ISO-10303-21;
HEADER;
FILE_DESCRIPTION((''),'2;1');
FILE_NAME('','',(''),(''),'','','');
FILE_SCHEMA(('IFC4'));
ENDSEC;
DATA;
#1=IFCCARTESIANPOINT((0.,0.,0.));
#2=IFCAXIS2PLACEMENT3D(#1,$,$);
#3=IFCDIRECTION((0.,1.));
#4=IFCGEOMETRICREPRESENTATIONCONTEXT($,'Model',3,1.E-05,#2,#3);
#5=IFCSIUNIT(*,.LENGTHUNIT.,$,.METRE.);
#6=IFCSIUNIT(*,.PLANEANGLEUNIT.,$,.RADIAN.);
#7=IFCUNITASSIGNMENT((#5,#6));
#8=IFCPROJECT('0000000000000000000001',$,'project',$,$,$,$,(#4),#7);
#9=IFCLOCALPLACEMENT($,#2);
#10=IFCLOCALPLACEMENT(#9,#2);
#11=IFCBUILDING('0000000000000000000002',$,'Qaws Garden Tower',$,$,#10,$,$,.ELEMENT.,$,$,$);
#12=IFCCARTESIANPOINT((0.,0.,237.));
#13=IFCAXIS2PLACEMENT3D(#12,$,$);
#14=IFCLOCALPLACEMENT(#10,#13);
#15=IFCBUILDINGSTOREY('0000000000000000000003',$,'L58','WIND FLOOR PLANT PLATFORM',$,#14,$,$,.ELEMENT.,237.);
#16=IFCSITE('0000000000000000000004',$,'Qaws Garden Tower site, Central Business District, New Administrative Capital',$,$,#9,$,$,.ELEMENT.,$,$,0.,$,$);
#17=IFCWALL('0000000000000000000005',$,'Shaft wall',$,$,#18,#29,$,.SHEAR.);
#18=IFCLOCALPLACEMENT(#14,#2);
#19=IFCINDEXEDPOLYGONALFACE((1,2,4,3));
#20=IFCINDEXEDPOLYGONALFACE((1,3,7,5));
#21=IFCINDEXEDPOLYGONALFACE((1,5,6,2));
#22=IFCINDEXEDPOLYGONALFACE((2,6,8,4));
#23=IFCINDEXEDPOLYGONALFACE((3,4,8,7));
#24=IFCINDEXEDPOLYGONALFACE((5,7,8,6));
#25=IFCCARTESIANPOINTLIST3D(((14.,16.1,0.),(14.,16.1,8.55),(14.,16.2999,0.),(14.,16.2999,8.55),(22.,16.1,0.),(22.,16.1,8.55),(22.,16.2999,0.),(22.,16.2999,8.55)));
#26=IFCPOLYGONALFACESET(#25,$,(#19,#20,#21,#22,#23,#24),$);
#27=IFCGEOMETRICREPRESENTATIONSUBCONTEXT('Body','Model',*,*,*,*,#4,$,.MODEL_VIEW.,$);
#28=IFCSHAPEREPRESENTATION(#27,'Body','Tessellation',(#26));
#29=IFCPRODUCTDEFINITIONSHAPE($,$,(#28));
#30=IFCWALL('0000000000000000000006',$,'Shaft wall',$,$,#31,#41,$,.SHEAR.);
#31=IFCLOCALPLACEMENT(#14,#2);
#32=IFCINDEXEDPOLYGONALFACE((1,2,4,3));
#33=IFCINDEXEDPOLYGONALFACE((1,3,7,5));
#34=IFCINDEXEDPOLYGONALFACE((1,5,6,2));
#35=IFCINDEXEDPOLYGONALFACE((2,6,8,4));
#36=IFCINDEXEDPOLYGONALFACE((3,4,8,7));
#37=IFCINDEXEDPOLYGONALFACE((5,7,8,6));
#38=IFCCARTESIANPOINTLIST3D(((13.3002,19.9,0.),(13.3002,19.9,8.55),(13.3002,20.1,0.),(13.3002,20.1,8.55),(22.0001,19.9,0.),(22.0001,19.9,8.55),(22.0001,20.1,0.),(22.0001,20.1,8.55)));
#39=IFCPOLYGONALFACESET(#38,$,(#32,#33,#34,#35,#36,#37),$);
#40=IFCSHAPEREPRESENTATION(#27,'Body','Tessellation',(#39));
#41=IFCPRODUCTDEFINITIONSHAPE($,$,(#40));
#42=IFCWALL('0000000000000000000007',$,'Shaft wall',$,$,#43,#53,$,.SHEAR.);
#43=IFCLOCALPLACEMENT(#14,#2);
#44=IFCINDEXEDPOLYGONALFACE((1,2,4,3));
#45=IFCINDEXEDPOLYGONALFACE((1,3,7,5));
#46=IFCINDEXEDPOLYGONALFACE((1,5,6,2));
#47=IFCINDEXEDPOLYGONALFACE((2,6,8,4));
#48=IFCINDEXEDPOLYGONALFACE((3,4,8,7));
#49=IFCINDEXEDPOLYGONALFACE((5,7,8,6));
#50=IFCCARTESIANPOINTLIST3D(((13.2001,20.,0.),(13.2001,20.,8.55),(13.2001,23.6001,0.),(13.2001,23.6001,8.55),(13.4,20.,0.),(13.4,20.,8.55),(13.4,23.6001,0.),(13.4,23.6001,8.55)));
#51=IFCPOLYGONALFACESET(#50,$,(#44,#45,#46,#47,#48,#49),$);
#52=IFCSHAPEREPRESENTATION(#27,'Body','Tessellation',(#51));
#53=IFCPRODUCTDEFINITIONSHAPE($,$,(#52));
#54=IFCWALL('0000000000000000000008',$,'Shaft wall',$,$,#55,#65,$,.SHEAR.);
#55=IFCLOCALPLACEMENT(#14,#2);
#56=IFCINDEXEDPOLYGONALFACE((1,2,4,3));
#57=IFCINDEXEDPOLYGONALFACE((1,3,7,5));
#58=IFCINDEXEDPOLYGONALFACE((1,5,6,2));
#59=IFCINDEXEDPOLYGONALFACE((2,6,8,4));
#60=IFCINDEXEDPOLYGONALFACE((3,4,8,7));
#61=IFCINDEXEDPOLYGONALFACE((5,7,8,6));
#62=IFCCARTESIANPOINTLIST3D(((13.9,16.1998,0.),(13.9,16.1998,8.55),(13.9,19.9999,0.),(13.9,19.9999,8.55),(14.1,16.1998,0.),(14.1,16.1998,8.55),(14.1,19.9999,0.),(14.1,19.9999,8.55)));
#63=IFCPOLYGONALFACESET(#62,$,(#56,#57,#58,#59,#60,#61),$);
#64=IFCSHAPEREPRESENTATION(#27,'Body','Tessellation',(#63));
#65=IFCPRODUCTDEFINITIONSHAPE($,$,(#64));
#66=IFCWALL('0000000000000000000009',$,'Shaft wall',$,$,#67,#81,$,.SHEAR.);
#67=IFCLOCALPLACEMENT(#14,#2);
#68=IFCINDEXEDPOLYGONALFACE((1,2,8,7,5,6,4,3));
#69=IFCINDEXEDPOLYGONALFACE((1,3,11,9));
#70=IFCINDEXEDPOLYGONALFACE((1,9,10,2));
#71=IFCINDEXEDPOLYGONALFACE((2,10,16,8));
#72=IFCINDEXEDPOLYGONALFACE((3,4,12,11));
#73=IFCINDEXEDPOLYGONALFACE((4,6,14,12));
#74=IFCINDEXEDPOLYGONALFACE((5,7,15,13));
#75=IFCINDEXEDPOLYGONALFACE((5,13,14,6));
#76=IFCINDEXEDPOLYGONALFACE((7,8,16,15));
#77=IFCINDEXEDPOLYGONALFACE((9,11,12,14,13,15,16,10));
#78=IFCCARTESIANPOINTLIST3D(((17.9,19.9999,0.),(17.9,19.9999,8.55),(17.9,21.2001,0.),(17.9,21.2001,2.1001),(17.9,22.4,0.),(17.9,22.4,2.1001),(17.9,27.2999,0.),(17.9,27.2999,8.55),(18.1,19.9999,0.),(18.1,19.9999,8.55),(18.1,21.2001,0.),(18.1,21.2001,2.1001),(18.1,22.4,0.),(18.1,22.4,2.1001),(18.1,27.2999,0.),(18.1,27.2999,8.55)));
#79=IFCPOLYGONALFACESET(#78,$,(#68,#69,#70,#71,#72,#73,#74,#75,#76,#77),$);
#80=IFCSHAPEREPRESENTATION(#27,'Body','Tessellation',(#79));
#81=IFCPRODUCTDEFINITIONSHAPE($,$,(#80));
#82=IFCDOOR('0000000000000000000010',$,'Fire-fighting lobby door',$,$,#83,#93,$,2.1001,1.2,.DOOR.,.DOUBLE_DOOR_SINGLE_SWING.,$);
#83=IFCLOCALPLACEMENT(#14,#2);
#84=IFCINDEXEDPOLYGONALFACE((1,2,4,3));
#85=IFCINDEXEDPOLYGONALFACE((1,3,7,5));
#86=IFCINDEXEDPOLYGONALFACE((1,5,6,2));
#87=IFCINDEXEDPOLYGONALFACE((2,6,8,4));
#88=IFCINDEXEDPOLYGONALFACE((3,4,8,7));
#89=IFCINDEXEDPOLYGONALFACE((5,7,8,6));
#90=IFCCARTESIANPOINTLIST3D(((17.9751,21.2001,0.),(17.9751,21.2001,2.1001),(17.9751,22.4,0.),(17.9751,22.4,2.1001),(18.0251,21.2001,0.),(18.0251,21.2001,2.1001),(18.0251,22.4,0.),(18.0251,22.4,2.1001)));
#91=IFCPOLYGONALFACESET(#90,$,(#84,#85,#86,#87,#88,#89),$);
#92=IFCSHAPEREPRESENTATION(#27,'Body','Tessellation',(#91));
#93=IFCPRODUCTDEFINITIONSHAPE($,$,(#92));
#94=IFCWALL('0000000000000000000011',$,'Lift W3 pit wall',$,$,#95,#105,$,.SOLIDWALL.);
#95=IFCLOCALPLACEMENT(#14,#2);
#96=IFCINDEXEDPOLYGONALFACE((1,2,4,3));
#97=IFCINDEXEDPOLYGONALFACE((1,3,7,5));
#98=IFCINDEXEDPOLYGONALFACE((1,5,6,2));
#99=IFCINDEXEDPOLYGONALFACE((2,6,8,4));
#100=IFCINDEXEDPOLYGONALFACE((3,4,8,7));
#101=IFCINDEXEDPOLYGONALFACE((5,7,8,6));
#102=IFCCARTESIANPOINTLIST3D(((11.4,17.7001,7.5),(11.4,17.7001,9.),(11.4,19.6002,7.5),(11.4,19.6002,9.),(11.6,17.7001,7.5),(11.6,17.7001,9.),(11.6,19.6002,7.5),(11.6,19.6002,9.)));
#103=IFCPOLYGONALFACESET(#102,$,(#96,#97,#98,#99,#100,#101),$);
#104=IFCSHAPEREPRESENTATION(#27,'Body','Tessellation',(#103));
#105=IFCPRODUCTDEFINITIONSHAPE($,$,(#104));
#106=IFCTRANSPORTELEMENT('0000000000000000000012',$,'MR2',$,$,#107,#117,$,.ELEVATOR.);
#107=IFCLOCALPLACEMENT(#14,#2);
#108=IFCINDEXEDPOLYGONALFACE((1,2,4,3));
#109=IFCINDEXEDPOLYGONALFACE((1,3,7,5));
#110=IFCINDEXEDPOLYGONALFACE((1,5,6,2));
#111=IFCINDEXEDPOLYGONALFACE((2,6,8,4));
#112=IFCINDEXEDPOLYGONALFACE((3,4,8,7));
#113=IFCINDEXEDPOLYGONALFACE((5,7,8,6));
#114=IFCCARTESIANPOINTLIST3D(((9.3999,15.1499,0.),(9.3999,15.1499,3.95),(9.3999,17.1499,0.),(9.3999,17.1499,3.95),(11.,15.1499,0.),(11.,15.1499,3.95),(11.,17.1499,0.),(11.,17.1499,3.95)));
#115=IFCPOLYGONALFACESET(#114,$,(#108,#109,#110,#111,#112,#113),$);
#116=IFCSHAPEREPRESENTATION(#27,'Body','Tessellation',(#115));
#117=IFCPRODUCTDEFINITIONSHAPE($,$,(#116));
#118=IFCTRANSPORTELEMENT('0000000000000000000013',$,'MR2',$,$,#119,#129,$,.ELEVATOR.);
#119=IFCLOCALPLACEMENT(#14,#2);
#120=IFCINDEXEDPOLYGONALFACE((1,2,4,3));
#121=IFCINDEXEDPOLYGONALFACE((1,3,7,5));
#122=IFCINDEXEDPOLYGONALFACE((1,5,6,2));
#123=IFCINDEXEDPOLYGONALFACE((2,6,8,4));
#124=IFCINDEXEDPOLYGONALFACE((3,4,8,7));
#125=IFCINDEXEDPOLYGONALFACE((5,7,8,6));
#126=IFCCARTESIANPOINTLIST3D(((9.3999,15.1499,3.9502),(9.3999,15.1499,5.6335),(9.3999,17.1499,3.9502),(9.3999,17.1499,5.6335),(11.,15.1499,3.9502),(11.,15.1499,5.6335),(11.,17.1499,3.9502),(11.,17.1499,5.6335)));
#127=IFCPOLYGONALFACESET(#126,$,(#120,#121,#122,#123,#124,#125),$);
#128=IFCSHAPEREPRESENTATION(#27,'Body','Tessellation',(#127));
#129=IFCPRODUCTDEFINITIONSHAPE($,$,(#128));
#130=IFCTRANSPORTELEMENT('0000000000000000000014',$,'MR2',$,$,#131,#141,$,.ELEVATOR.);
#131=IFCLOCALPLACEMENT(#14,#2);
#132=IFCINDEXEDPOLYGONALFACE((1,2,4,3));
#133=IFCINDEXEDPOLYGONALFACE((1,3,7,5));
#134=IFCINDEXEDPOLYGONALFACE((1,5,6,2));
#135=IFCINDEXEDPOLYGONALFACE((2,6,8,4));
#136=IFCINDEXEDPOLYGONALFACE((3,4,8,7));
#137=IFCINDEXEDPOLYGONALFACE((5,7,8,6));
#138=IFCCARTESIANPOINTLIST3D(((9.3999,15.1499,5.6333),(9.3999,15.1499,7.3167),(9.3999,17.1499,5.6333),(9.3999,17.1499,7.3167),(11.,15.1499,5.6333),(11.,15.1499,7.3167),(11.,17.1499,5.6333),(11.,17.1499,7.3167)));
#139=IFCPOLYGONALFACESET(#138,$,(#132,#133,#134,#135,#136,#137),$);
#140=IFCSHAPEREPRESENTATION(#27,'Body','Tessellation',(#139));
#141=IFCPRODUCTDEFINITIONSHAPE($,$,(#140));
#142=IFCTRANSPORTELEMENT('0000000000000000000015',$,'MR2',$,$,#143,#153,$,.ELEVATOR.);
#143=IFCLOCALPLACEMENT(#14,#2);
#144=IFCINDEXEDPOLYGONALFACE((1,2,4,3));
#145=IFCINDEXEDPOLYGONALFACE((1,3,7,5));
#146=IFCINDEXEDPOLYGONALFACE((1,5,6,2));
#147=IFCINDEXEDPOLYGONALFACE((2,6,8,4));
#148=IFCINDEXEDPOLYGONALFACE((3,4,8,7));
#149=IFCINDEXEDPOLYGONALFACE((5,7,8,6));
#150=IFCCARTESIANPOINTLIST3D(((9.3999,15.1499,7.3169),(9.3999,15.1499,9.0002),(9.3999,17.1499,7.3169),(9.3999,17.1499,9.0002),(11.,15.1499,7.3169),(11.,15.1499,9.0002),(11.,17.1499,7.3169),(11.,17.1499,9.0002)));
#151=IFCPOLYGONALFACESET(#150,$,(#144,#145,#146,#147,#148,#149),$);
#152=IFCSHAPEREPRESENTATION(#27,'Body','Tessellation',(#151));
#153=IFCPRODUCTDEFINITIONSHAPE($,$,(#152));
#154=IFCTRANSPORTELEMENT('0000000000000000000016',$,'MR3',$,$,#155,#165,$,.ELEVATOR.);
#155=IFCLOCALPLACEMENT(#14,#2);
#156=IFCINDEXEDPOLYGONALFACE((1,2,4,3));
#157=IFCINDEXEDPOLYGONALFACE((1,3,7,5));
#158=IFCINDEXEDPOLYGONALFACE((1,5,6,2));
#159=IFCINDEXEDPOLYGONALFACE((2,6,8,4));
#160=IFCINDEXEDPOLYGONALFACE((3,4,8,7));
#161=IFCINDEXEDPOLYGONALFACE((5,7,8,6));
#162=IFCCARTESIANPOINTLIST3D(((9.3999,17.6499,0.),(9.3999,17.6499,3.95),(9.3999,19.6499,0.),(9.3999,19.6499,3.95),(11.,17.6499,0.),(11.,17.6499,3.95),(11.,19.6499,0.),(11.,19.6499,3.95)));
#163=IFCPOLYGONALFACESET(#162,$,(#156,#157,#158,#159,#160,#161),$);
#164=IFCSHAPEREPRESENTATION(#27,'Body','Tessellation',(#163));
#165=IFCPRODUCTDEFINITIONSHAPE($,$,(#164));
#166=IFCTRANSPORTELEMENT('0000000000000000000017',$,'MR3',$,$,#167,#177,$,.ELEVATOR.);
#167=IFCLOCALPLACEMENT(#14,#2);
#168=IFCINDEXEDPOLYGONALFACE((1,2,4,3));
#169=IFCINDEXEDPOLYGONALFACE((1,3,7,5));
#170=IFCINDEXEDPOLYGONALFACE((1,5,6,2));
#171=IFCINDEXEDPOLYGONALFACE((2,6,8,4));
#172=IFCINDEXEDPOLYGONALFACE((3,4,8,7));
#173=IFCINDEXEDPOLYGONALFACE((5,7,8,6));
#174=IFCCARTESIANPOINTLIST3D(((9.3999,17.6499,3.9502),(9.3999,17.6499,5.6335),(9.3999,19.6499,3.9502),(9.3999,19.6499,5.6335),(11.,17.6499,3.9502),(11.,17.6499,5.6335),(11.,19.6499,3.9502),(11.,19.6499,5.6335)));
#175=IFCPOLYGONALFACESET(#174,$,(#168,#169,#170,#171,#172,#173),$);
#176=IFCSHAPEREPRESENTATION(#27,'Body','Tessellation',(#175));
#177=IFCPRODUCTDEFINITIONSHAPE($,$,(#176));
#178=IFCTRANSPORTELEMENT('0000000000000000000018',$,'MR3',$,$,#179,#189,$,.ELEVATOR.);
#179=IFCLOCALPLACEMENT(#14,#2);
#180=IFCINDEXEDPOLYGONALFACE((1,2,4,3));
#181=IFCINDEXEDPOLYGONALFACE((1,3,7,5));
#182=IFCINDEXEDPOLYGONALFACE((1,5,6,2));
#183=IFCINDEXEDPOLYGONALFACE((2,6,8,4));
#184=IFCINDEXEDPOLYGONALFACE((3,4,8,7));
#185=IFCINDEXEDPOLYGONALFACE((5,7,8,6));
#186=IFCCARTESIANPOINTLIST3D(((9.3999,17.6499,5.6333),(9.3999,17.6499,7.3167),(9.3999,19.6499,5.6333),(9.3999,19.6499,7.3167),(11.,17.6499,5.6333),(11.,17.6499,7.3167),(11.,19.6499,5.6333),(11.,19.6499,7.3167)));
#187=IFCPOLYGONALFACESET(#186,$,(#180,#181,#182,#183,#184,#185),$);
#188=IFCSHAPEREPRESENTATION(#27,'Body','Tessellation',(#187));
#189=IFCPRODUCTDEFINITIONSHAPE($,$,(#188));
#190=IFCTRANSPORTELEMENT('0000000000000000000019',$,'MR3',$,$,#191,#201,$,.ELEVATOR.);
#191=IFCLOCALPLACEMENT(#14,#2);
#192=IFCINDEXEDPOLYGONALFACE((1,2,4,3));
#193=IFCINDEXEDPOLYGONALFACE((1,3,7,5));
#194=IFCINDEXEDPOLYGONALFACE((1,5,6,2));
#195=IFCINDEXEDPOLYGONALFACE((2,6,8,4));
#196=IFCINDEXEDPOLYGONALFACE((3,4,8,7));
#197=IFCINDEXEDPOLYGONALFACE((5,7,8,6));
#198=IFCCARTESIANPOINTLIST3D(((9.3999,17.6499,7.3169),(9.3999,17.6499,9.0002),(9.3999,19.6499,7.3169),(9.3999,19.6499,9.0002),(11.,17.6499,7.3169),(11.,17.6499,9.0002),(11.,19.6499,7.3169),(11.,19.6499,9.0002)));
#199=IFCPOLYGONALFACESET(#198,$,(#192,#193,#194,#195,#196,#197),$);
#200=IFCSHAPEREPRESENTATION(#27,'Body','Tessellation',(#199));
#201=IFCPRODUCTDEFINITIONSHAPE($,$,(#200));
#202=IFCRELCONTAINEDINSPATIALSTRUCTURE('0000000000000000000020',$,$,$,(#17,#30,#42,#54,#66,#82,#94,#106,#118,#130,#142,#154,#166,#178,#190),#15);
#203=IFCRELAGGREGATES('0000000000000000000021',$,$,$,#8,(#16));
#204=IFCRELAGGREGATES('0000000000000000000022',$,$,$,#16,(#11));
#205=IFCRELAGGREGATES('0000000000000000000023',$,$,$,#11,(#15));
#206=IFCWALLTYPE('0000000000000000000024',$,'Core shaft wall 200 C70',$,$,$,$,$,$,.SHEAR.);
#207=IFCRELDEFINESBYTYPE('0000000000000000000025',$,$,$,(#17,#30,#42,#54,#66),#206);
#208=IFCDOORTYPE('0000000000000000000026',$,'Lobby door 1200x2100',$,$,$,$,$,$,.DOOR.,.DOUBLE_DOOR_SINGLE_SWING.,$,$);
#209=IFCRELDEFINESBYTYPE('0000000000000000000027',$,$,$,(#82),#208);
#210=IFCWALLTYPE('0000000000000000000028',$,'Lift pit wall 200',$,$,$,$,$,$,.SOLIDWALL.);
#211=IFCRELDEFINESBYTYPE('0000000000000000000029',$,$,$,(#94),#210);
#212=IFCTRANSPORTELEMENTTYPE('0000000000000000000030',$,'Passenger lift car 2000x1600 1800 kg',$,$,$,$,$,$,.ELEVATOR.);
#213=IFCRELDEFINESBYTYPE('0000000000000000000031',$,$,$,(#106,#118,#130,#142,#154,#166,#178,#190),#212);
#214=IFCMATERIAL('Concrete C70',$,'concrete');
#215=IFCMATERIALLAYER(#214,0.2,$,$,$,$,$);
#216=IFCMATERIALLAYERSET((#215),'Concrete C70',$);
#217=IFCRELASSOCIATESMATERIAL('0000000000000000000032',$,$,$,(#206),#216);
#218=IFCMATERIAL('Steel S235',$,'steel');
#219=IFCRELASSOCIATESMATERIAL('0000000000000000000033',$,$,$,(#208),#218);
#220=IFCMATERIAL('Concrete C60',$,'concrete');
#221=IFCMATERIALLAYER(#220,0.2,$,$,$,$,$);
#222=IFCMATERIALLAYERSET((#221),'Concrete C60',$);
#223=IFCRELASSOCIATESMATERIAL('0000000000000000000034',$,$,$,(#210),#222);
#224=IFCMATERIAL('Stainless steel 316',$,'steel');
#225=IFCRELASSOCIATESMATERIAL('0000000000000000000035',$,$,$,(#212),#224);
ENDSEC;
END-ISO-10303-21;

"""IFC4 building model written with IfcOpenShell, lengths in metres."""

from ifc_helpers import new_model, si_unit, direction, frame, frame_2d, origin, origin_2d, place, context, subcontext, project, spatial, rectangle, extrude, material, layer, layer_set, type_object, element, fill, save


model = new_model("IFC4")

# Units and contexts
model_context = context("Model", 3, precision=1e-05, world=origin(), true_north=direction((0.0, 1.0)))
body_context = subcontext(model_context, "Body", "Model", "MODEL_VIEW")
ifc_project = project(units=[si_unit("LENGTHUNIT", "METRE"), si_unit("PLANEANGLEUNIT", "RADIAN")], contexts=[model_context])

# Site, building, storey
site_placement = place(None, origin())
site = spatial("IfcSite", under=ifc_project, at=site_placement, Name="Qaws Garden Tower site, Central Business District, New Administrative Capital", CompositionType="ELEMENT", RefElevation=0.0)
building_placement = place(site_placement, origin())
building = spatial("IfcBuilding", under=site, at=building_placement, Name="Qaws Garden Tower", CompositionType="ELEMENT")
storey_placement = place(building_placement, frame((0.0, 0.0, 237.0)))
storey = spatial("IfcBuildingStorey", under=building, at=storey_placement, Name="L58", Description="WIND FLOOR PLANT PLATFORM", CompositionType="ELEMENT", Elevation=237.0)

# Walls
ifc_material_1 = material(Name="Concrete C70", Category="concrete")
ifc_layer_1 = layer(ifc_material_1, 0.2)
ifc_layer_set_1 = layer_set([ifc_layer_1], Name="Concrete C70")
wall_type_1 = type_object("IfcWallType", Name="Core shaft wall 200 C70", PredefinedType="SHEAR", material=ifc_layer_set_1)
wall_1_placement = place(storey_placement, frame((14.0, 16.2, 0.0), z_axis=(0.0, 0.0, 1.0), x_axis=(1.0, 0.0, 0.0)))
element("IfcWall", 1, at=wall_1_placement, inside=storey, type_object=wall_type_1, Name="Shaft wall", PredefinedType="SHEAR", context=body_context, shape_type="SweptSolid", body=[
    extrude(rectangle(XDim=8.0, YDim=0.2, at=frame_2d((4.0, 0.0))), origin(), (0.0, 0.0, 1.0), 8.55),
])
wall_2_placement = place(storey_placement, frame((13.3, 20.0, 0.0), z_axis=(0.0, 0.0, 1.0), x_axis=(1.0, 0.0, 0.0)))
element("IfcWall", 2, at=wall_2_placement, inside=storey, type_object=wall_type_1, Name="Shaft wall", PredefinedType="SHEAR", context=body_context, shape_type="SweptSolid", body=[
    extrude(rectangle(XDim=8.7, YDim=0.2, at=frame_2d((4.3501, 0.0))), origin(), (0.0, 0.0, 1.0), 8.55),
])
wall_3_placement = place(storey_placement, frame((13.3, 20.0, 0.0), z_axis=(0.0, 0.0, 1.0), x_axis=(0.0, 1.0, 0.0)))
element("IfcWall", 3, at=wall_3_placement, inside=storey, type_object=wall_type_1, Name="Shaft wall", PredefinedType="SHEAR", context=body_context, shape_type="SweptSolid", body=[
    extrude(rectangle(XDim=3.6001, YDim=0.2, at=frame_2d((1.8, 0.0))), origin(), (0.0, 0.0, 1.0), 8.55),
])
wall_4_placement = place(storey_placement, frame((14.0, 16.2, 0.0), z_axis=(0.0, 0.0, 1.0), x_axis=(0.0, 1.0, 0.0)))
element("IfcWall", 4, at=wall_4_placement, inside=storey, type_object=wall_type_1, Name="Shaft wall", PredefinedType="SHEAR", context=body_context, shape_type="SweptSolid", body=[
    extrude(rectangle(XDim=3.8, YDim=0.2, at=frame_2d((1.8999, 0.0))), origin(), (0.0, 0.0, 1.0), 8.55),
])

# Wall, opening, door
wall_5_placement = place(storey_placement, frame((18.0, 20.0, 0.0), z_axis=(0.0, 0.0, 1.0), x_axis=(0.0, 1.0, 0.0)))
wall_5 = element("IfcWall", 5, at=wall_5_placement, inside=storey, type_object=wall_type_1, Name="Shaft wall", PredefinedType="SHEAR", context=body_context, shape_type="SweptSolid", body=[
    extrude(rectangle(XDim=7.3, YDim=0.2, at=frame_2d((3.6499, 0.0))), origin(), (0.0, 0.0, 1.0), 8.55),
])
opening_placement = place(wall_5_placement, frame((1.2, 0.0, 0.0)))
opening = element("IfcOpeningElement", 6, at=opening_placement, cuts=wall_5, PredefinedType="OPENING", context=body_context, shape_type="SweptSolid", body=[
    extrude(rectangle(XDim=1.2, YDim=2.1001, at=frame_2d((0.6001, 1.05))), frame((0.0, 0.1099, 0.0), z_axis=(0.0, -1.0, 0.0), x_axis=(1.0, 0.0, 0.0)), (0.0, 0.0, 1.0), 0.22),
])
ifc_material_2 = material(Name="Steel S235", Category="steel")
door_type = type_object("IfcDoorType", Name="Lobby door 1200x2100", OperationType="DOUBLE_DOOR_SINGLE_SWING", PredefinedType="DOOR", material=ifc_material_2)
door_placement = place(opening_placement, origin())
door = element("IfcDoor", 7, at=door_placement, inside=storey, type_object=door_type, Name="Fire-fighting lobby door", OperationType="DOUBLE_DOOR_SINGLE_SWING", OverallHeight=2.1001, OverallWidth=1.2, PredefinedType="DOOR", context=body_context, shape_type="SweptSolid", body=[
    extrude(rectangle(XDim=1.2, YDim=2.1001, at=frame_2d((0.6001, 1.05))), frame((0.0, 0.0249, 0.0), z_axis=(0.0, -1.0, 0.0), x_axis=(1.0, 0.0, 0.0)), (0.0, 0.0, 1.0), 0.05),
])
fill(opening, door)

# Wall
ifc_material_3 = material(Name="Concrete C60", Category="concrete")
ifc_layer_2 = layer(ifc_material_3, 0.2)
ifc_layer_set_2 = layer_set([ifc_layer_2], Name="Concrete C60")
wall_type_2 = type_object("IfcWallType", Name="Lift pit wall 200", PredefinedType="SOLIDWALL", material=ifc_layer_set_2)
wall_6_placement = place(storey_placement, frame((11.5, 17.7, 7.5), z_axis=(0.0, 0.0, 1.0), x_axis=(0.0, 1.0, 0.0)))
element("IfcWall", 8, at=wall_6_placement, inside=storey, type_object=wall_type_2, Name="Lift W3 pit wall", PredefinedType="SOLIDWALL", context=body_context, shape_type="SweptSolid", body=[
    extrude(rectangle(XDim=1.9001, YDim=0.2, at=frame_2d((0.9502, 0.0))), origin(), (0.0, 0.0, 1.0), 1.5),
])

# Transport elements
ifc_material_4 = material(Name="Stainless steel 316", Category="steel")
transport_element_type = type_object("IfcTransportElementType", Name="Passenger lift car 2000x1600 1800 kg", PredefinedType="ELEVATOR", material=ifc_material_4)
transport_element_1_placement = place(storey_placement, frame((10.2, 16.1499, 0.0), z_axis=(0.0, 0.0, 1.0), x_axis=(1.0, 0.0, 0.0)))
element("IfcTransportElement", 9, at=transport_element_1_placement, inside=storey, type_object=transport_element_type, Name="MR2", PredefinedType="ELEVATOR", context=body_context, shape_type="SweptSolid", body=[
    extrude(rectangle(XDim=1.6001, YDim=2.0, at=origin_2d()), origin(), (0.0, 0.0, 1.0), 3.95),
])
for number, where, z_axis, x_axis, name in (
    (10, (10.2, 16.1499, 3.9502), (0.0, 0.0, 1.0), (1.0, 0.0, 0.0), "MR2"),
    (11, (10.2, 16.1499, 5.6333), (0.0, 0.0, 1.0), (1.0, 0.0, 0.0), "MR2"),
    (12, (10.2, 16.1499, 7.3169), (0.0, 0.0, 1.0), (1.0, 0.0, 0.0), "MR2"),
):
    element("IfcTransportElement", number, at=place(storey_placement, frame(where, z_axis=z_axis, x_axis=x_axis)), inside=storey, type_object=transport_element_type, Name=name, PredefinedType="ELEVATOR", context=body_context, shape_type="SweptSolid", body=[
        extrude(rectangle(XDim=1.6001, YDim=2.0, at=origin_2d()), origin(), (0.0, 0.0, 1.0), 1.6833),
    ])
transport_element_2_placement = place(storey_placement, frame((10.2, 18.6499, 0.0), z_axis=(0.0, 0.0, 1.0), x_axis=(1.0, 0.0, 0.0)))
element("IfcTransportElement", 13, at=transport_element_2_placement, inside=storey, type_object=transport_element_type, Name="MR3", PredefinedType="ELEVATOR", context=body_context, shape_type="SweptSolid", body=[
    extrude(rectangle(XDim=1.6001, YDim=2.0, at=origin_2d()), origin(), (0.0, 0.0, 1.0), 3.95),
])
for number, where, z_axis, x_axis, name in (
    (14, (10.2, 18.6499, 3.9502), (0.0, 0.0, 1.0), (1.0, 0.0, 0.0), "MR3"),
    (15, (10.2, 18.6499, 5.6333), (0.0, 0.0, 1.0), (1.0, 0.0, 0.0), "MR3"),
    (16, (10.2, 18.6499, 7.3169), (0.0, 0.0, 1.0), (1.0, 0.0, 0.0), "MR3"),
):
    element("IfcTransportElement", number, at=place(storey_placement, frame(where, z_axis=z_axis, x_axis=x_axis)), inside=storey, type_object=transport_element_type, Name=name, PredefinedType="ELEVATOR", context=body_context, shape_type="SweptSolid", body=[
        extrude(rectangle(XDim=1.6001, YDim=2.0, at=origin_2d()), origin(), (0.0, 0.0, 1.0), 1.6833),
    ])

save(model, "model.ifc")
